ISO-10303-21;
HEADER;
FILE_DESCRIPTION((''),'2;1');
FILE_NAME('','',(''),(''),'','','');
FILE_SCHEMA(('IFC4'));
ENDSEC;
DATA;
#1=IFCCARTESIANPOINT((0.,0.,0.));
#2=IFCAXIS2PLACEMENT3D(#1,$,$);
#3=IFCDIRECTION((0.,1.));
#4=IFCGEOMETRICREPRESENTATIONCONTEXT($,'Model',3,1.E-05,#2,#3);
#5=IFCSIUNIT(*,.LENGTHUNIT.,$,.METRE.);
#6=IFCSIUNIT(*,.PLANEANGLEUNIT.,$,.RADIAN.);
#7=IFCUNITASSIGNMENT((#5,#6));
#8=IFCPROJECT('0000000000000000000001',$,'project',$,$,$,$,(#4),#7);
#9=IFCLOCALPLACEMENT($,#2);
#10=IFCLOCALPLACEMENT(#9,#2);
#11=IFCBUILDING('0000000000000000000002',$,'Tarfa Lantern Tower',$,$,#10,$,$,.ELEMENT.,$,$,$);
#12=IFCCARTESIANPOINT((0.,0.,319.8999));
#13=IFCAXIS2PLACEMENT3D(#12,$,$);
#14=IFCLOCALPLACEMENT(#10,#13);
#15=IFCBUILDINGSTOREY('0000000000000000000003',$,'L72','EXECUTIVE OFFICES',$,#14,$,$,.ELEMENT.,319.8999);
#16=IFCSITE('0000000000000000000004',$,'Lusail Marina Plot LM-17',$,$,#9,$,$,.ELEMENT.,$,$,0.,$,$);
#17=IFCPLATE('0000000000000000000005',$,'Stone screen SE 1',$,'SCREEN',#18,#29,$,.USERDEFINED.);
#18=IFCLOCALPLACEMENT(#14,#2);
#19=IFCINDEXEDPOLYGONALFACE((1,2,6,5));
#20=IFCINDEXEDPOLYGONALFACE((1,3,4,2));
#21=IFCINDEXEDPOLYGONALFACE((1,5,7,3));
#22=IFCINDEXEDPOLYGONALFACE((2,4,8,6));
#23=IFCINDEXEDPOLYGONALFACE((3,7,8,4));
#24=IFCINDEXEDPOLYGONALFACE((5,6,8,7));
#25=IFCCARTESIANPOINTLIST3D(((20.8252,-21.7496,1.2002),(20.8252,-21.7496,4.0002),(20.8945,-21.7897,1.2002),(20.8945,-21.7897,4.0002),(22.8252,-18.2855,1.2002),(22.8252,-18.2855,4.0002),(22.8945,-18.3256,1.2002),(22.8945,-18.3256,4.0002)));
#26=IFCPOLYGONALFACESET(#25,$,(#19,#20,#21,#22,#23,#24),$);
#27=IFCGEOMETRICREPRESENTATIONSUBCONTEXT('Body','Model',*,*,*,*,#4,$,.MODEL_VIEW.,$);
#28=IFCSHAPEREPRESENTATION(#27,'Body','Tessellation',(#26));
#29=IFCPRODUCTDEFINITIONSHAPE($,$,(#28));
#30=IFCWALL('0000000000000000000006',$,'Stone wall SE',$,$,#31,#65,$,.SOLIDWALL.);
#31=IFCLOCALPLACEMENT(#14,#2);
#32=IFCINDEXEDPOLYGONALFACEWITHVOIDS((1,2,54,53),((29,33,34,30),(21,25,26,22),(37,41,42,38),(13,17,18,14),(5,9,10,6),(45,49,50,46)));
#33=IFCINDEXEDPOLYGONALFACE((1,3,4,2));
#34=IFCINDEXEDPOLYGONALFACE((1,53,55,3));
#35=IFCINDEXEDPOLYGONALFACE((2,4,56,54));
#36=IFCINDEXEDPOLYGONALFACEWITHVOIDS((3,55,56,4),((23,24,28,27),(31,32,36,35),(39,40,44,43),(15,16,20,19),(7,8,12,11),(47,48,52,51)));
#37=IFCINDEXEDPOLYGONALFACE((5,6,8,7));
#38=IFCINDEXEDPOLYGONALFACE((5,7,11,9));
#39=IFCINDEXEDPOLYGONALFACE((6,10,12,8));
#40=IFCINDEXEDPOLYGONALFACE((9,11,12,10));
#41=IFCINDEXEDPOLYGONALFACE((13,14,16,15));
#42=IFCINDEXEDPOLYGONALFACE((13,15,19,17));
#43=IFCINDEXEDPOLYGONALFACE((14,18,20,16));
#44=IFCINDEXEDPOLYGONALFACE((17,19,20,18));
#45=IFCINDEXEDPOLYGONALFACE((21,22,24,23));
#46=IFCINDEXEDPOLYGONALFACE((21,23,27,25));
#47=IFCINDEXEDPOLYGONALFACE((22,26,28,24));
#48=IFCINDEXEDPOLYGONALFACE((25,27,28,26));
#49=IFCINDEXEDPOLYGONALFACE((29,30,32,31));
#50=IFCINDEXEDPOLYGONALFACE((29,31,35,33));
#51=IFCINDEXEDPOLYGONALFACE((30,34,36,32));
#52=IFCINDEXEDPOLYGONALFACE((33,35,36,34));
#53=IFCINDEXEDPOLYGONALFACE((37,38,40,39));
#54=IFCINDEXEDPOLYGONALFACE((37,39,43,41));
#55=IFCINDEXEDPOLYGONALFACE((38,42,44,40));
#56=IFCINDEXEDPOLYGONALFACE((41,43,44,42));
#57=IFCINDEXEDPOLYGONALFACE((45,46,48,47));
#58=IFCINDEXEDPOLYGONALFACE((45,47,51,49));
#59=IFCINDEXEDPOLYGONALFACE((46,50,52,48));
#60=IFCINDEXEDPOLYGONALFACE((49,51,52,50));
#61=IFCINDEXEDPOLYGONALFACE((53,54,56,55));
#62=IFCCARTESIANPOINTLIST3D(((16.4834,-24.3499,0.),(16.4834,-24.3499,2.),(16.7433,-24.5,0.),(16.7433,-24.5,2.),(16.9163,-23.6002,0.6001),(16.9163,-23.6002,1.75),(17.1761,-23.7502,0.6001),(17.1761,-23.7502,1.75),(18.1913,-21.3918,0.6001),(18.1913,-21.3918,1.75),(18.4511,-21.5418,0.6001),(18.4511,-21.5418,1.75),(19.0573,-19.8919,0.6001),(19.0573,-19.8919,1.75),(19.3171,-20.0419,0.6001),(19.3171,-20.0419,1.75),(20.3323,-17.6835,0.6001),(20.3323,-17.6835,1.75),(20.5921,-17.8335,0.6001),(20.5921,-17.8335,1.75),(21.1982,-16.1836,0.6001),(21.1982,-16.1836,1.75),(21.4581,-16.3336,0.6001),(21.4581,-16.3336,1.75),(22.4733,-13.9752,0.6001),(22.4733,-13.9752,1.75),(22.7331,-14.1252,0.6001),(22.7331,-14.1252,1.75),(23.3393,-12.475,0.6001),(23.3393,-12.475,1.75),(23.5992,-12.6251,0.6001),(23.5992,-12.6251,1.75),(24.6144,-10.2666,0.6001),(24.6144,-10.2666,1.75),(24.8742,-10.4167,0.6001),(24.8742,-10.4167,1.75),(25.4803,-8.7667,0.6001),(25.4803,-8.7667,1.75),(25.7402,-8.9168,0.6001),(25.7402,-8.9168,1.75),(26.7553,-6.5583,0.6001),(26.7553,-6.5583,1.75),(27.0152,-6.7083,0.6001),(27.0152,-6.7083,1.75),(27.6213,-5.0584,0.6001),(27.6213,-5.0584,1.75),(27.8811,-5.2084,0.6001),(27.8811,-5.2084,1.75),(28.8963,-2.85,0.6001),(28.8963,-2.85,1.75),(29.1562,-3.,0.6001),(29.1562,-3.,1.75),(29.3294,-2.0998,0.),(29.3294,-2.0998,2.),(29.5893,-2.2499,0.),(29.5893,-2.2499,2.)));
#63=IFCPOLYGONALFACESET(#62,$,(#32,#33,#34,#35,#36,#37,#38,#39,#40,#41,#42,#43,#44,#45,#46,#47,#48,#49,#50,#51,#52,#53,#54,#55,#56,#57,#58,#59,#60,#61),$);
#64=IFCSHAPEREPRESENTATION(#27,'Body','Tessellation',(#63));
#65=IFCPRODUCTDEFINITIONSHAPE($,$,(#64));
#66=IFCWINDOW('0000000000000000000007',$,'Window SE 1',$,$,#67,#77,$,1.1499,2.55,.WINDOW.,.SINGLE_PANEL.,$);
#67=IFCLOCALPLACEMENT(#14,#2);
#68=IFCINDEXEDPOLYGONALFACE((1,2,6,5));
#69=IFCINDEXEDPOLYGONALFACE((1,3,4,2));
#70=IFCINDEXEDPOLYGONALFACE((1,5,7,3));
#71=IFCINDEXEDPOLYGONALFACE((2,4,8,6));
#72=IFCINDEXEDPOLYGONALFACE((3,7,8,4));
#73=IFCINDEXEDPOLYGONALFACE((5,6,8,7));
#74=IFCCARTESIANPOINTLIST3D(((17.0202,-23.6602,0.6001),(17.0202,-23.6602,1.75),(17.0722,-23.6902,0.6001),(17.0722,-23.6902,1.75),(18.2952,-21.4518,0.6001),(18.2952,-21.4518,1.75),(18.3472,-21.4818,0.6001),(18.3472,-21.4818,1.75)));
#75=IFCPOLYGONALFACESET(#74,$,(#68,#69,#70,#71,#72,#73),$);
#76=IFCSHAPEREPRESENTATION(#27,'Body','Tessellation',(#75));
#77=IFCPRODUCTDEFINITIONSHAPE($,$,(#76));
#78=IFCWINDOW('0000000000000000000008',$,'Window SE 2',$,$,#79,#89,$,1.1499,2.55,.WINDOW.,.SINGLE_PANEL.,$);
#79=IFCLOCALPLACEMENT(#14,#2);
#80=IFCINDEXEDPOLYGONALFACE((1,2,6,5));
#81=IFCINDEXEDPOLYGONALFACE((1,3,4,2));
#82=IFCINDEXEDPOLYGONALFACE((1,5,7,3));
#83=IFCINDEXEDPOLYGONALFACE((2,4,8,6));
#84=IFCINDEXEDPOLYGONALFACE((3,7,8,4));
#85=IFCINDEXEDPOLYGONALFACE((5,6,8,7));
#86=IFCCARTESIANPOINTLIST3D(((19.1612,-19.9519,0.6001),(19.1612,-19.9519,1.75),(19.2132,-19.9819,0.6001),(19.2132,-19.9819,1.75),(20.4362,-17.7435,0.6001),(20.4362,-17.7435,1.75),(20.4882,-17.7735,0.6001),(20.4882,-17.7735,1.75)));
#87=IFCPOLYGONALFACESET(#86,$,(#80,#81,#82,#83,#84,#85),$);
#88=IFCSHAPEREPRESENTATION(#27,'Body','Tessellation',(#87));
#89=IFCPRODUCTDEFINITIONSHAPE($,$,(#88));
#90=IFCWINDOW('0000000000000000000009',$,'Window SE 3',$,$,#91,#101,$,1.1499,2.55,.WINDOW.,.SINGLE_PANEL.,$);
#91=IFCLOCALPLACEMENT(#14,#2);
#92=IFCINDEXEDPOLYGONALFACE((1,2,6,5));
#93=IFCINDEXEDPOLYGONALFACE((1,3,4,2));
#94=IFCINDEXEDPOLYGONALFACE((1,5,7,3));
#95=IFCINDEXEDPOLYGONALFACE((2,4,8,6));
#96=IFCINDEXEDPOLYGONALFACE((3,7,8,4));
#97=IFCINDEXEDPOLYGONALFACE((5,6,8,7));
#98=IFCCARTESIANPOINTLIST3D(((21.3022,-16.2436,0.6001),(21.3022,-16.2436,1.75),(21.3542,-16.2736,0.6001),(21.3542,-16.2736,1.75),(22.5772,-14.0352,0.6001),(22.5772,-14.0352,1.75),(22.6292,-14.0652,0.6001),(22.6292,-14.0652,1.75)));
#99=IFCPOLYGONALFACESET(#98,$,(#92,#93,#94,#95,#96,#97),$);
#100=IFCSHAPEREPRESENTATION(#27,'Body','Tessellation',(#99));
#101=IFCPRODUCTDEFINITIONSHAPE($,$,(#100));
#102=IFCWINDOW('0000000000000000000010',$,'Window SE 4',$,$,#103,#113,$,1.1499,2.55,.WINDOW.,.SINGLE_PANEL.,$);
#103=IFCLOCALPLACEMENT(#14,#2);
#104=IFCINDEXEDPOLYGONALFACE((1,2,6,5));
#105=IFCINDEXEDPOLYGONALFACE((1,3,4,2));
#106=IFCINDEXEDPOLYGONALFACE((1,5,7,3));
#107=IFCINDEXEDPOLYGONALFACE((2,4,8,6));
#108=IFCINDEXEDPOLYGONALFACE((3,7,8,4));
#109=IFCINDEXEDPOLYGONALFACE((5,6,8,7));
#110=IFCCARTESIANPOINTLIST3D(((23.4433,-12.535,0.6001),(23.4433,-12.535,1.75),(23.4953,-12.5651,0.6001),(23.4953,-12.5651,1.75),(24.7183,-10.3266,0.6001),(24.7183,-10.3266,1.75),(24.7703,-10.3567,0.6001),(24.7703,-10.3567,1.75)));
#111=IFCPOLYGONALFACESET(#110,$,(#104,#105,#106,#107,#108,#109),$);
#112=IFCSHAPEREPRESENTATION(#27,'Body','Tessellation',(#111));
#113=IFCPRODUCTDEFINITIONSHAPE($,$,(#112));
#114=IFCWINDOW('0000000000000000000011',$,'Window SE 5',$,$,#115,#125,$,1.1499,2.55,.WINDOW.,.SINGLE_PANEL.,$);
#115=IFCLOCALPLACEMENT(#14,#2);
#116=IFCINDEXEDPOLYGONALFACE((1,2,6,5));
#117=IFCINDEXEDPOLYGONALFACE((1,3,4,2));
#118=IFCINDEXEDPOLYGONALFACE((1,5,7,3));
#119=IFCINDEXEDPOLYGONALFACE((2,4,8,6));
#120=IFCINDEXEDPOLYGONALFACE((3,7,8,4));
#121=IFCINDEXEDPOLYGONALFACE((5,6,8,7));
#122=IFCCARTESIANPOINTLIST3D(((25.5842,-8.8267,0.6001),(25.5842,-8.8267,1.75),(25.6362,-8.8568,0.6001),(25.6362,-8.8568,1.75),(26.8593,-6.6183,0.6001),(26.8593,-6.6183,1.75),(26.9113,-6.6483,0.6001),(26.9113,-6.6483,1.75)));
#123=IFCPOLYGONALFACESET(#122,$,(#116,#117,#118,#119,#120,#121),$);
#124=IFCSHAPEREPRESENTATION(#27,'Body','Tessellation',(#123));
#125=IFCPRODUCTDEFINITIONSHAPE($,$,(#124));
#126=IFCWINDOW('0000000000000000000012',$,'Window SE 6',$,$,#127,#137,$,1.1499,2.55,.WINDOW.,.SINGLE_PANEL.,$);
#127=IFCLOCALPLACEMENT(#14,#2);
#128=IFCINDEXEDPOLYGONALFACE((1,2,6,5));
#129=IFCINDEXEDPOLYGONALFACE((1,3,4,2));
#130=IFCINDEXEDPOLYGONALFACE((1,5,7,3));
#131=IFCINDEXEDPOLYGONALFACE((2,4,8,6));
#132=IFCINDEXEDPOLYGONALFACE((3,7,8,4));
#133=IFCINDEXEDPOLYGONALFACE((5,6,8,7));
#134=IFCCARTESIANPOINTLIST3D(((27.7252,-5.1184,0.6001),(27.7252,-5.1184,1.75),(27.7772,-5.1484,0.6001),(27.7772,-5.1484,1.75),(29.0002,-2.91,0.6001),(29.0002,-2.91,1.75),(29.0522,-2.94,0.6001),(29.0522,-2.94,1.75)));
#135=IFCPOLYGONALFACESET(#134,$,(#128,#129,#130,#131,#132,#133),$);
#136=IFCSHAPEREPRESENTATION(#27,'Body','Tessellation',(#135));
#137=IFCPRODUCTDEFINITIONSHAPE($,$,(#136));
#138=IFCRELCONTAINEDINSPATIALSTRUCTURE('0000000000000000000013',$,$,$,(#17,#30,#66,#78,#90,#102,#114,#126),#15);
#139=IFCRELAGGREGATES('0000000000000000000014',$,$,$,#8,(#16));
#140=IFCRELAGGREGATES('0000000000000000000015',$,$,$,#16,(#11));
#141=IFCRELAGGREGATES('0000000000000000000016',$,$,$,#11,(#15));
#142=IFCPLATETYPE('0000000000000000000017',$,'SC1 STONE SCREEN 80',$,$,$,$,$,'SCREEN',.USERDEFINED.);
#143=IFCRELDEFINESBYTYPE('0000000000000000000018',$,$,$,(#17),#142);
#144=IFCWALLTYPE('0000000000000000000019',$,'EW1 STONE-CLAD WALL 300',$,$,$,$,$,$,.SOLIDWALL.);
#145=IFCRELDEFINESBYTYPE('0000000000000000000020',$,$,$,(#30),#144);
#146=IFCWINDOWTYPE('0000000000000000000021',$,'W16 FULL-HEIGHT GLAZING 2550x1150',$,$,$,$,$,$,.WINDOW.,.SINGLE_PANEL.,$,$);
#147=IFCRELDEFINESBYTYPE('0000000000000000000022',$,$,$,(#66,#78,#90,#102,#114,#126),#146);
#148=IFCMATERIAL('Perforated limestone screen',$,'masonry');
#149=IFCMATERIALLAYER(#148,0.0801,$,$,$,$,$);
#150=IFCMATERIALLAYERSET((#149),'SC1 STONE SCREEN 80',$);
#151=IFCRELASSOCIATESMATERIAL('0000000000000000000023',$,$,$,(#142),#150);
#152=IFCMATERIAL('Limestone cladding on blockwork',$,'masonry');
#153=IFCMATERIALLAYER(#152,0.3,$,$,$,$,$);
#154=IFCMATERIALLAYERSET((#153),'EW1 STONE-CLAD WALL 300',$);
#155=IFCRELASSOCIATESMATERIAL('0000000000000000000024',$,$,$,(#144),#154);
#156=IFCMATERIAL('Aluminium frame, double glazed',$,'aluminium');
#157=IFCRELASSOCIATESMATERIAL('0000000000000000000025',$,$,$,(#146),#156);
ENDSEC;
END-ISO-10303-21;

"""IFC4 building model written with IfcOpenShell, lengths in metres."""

from ifc_helpers import new_model, si_unit, direction, frame, frame_2d, origin, origin_2d, place, context, subcontext, project, spatial, rectangle, extrude, material, layer, layer_set, type_object, element, fill, save


model = new_model("IFC4")

# Units and contexts
model_context = context("Model", 3, precision=1e-05, world=origin(), true_north=direction((0.0, 1.0)))
body_context = subcontext(model_context, "Body", "Model", "MODEL_VIEW")
ifc_project = project(units=[si_unit("LENGTHUNIT", "METRE"), si_unit("PLANEANGLEUNIT", "RADIAN")], contexts=[model_context])

# Site, building, storey
site_placement = place(None, origin())
site = spatial("IfcSite", under=ifc_project, at=site_placement, Name="Lusail Marina Plot LM-17", CompositionType="ELEMENT", RefElevation=0.0)
building_placement = place(site_placement, origin())
building = spatial("IfcBuilding", under=site, at=building_placement, Name="Tarfa Lantern Tower", CompositionType="ELEMENT")
storey_placement = place(building_placement, frame((0.0, 0.0, 319.8999)))
storey = spatial("IfcBuildingStorey", under=building, at=storey_placement, Name="L72", Description="EXECUTIVE OFFICES", CompositionType="ELEMENT", Elevation=319.8999)

# Plate
ifc_material_1 = material(Name="Perforated limestone screen", Category="masonry")
ifc_layer_1 = layer(ifc_material_1, 0.0801)
ifc_layer_set_1 = layer_set([ifc_layer_1], Name="SC1 STONE SCREEN 80")
plate_type = type_object("IfcPlateType", Name="SC1 STONE SCREEN 80", ElementType="SCREEN", PredefinedType="USERDEFINED", material=ifc_layer_set_1)
plate_placement = place(storey_placement, frame((21.8599, -20.0376, 1.2002), z_axis=(0.0, 0.0, 1.0), x_axis=(0.5, 0.866025, 0.0)))
element("IfcPlate", 1, at=plate_placement, inside=storey, type_object=plate_type, Name="Stone screen SE 1", ObjectType="SCREEN", PredefinedType="USERDEFINED", context=body_context, shape_type="SweptSolid", body=[
    extrude(rectangle(XDim=4.0, YDim=0.0801, at=origin_2d()), origin(), (0.0, 0.0, 1.0), 2.8),
])

# Wall, openings, windows
ifc_material_2 = material(Name="Limestone cladding on blockwork", Category="masonry")
ifc_layer_2 = layer(ifc_material_2, 0.3)
ifc_layer_set_2 = layer_set([ifc_layer_2], Name="EW1 STONE-CLAD WALL 300")
wall_type_1 = type_object("IfcWallType", Name="EW1 STONE-CLAD WALL 300", PredefinedType="SOLIDWALL", material=ifc_layer_set_2)
wall_1_placement = place(storey_placement, frame((16.6133, -24.425, 0.0), z_axis=(0.0, 0.0, 1.0), x_axis=(0.499997, 0.866027, 0.0)))
wall_1 = element("IfcWall", 2, at=wall_1_placement, inside=storey, type_object=wall_type_1, Name="Stone wall SE", PredefinedType="SOLIDWALL", context=body_context, shape_type="SweptSolid", body=[
    extrude(rectangle(XDim=25.6921, YDim=0.3, at=frame_2d((12.8462, 0.0))), origin(), (0.0, 0.0, 1.0), 2.0),
])
opening_1_placement = place(wall_1_placement, frame((0.866, 0.0, 0.6001)))
opening_1 = element("IfcOpeningElement", 3, at=opening_1_placement, cuts=wall_1, PredefinedType="OPENING", context=body_context, shape_type="SweptSolid", body=[
    extrude(rectangle(XDim=2.55, YDim=1.1499, at=frame_2d((1.2749, 0.575))), frame((0.0, 0.1599, 0.0), z_axis=(0.0, -1.0, 0.0), x_axis=(1.0, 0.0, 0.0)), (0.0, 0.0, 1.0), 0.3201),
])
opening_2_placement = place(wall_1_placement, frame((5.1479, 0.0, 0.6001)))
opening_2 = element("IfcOpeningElement", 4, at=opening_2_placement, cuts=wall_1, PredefinedType="OPENING", context=body_context, shape_type="SweptSolid", body=[
    extrude(rectangle(XDim=2.55, YDim=1.1499, at=frame_2d((1.2749, 0.575))), frame((0.0, 0.1599, 0.0), z_axis=(0.0, -1.0, 0.0), x_axis=(1.0, 0.0, 0.0)), (0.0, 0.0, 1.0), 0.3201),
])
opening_3_placement = place(wall_1_placement, frame((9.4299, 0.0, 0.6001)))
opening_3 = element("IfcOpeningElement", 5, at=opening_3_placement, cuts=wall_1, PredefinedType="OPENING", context=body_context, shape_type="SweptSolid", body=[
    extrude(rectangle(XDim=2.55, YDim=1.1499, at=frame_2d((1.2749, 0.575))), frame((0.0, 0.1599, 0.0), z_axis=(0.0, -1.0, 0.0), x_axis=(1.0, 0.0, 0.0)), (0.0, 0.0, 1.0), 0.3201),
])
opening_4_placement = place(wall_1_placement, frame((13.7122, 0.0, 0.6001)))
opening_4 = element("IfcOpeningElement", 6, at=opening_4_placement, cuts=wall_1, PredefinedType="OPENING", context=body_context, shape_type="SweptSolid", body=[
    extrude(rectangle(XDim=2.55, YDim=1.1499, at=frame_2d((1.2749, 0.575))), frame((0.0, 0.1599, 0.0), z_axis=(0.0, -1.0, 0.0), x_axis=(1.0, 0.0, 0.0)), (0.0, 0.0, 1.0), 0.3201),
])
opening_5_placement = place(wall_1_placement, frame((17.9941, 0.0, 0.6001)))
opening_5 = element("IfcOpeningElement", 7, at=opening_5_placement, cuts=wall_1, PredefinedType="OPENING", context=body_context, shape_type="SweptSolid", body=[
    extrude(rectangle(XDim=2.55, YDim=1.1499, at=frame_2d((1.2749, 0.575))), frame((0.0, 0.1599, 0.0), z_axis=(0.0, -1.0, 0.0), x_axis=(1.0, 0.0, 0.0)), (0.0, 0.0, 1.0), 0.3201),
])
opening_6_placement = place(wall_1_placement, frame((22.2761, 0.0, 0.6001)))
opening_6 = element("IfcOpeningElement", 8, at=opening_6_placement, cuts=wall_1, PredefinedType="OPENING", context=body_context, shape_type="SweptSolid", body=[
    extrude(rectangle(XDim=2.55, YDim=1.1499, at=frame_2d((1.2749, 0.575))), frame((0.0, 0.1599, 0.0), z_axis=(0.0, -1.0, 0.0), x_axis=(1.0, 0.0, 0.0)), (0.0, 0.0, 1.0), 0.3201),
])
ifc_material_3 = material(Name="Aluminium frame, double glazed", Category="aluminium")
window_type = type_object("IfcWindowType", Name="W16 FULL-HEIGHT GLAZING 2550x1150", PartitioningType="SINGLE_PANEL", PredefinedType="WINDOW", material=ifc_material_3)
window_1_placement = place(opening_1_placement, origin())
window_1 = element("IfcWindow", 9, at=window_1_placement, inside=storey, type_object=window_type, Name="Window SE 1", OverallHeight=1.1499, OverallWidth=2.55, PartitioningType="SINGLE_PANEL", PredefinedType="WINDOW", context=body_context, shape_type="SweptSolid", body=[
    extrude(rectangle(XDim=2.55, YDim=1.1499, at=frame_2d((1.2749, 0.575))), frame((0.0, 0.03, 0.0), z_axis=(0.0, -1.0, 0.0), x_axis=(1.0, 0.0, 0.0)), (0.0, 0.0, 1.0), 0.0601),
])
fill(opening_1, window_1)
window_2_placement = place(opening_2_placement, origin())
window_2 = element("IfcWindow", 10, at=window_2_placement, inside=storey, type_object=window_type, Name="Window SE 2", OverallHeight=1.1499, OverallWidth=2.55, PartitioningType="SINGLE_PANEL", PredefinedType="WINDOW", context=body_context, shape_type="SweptSolid", body=[
    extrude(rectangle(XDim=2.55, YDim=1.1499, at=frame_2d((1.2749, 0.575))), frame((0.0, 0.03, 0.0), z_axis=(0.0, -1.0, 0.0), x_axis=(1.0, 0.0, 0.0)), (0.0, 0.0, 1.0), 0.0601),
])
fill(opening_2, window_2)
window_3_placement = place(opening_3_placement, origin())
window_3 = element("IfcWindow", 11, at=window_3_placement, inside=storey, type_object=window_type, Name="Window SE 3", OverallHeight=1.1499, OverallWidth=2.55, PartitioningType="SINGLE_PANEL", PredefinedType="WINDOW", context=body_context, shape_type="SweptSolid", body=[
    extrude(rectangle(XDim=2.55, YDim=1.1499, at=frame_2d((1.2749, 0.575))), frame((0.0, 0.03, 0.0), z_axis=(0.0, -1.0, 0.0), x_axis=(1.0, 0.0, 0.0)), (0.0, 0.0, 1.0), 0.0601),
])
fill(opening_3, window_3)
window_4_placement = place(opening_4_placement, origin())
window_4 = element("IfcWindow", 12, at=window_4_placement, inside=storey, type_object=window_type, Name="Window SE 4", OverallHeight=1.1499, OverallWidth=2.55, PartitioningType="SINGLE_PANEL", PredefinedType="WINDOW", context=body_context, shape_type="SweptSolid", body=[
    extrude(rectangle(XDim=2.55, YDim=1.1499, at=frame_2d((1.2749, 0.575))), frame((0.0, 0.03, 0.0), z_axis=(0.0, -1.0, 0.0), x_axis=(1.0, 0.0, 0.0)), (0.0, 0.0, 1.0), 0.0601),
])
fill(opening_4, window_4)
window_5_placement = place(opening_5_placement, origin())
window_5 = element("IfcWindow", 13, at=window_5_placement, inside=storey, type_object=window_type, Name="Window SE 5", OverallHeight=1.1499, OverallWidth=2.55, PartitioningType="SINGLE_PANEL", PredefinedType="WINDOW", context=body_context, shape_type="SweptSolid", body=[
    extrude(rectangle(XDim=2.55, YDim=1.1499, at=frame_2d((1.2749, 0.575))), frame((0.0, 0.03, 0.0), z_axis=(0.0, -1.0, 0.0), x_axis=(1.0, 0.0, 0.0)), (0.0, 0.0, 1.0), 0.0601),
])
fill(opening_5, window_5)
window_6_placement = place(opening_6_placement, origin())
window_6 = element("IfcWindow", 14, at=window_6_placement, inside=storey, type_object=window_type, Name="Window SE 6", OverallHeight=1.1499, OverallWidth=2.55, PartitioningType="SINGLE_PANEL", PredefinedType="WINDOW", context=body_context, shape_type="SweptSolid", body=[
    extrude(rectangle(XDim=2.55, YDim=1.1499, at=frame_2d((1.2749, 0.575))), frame((0.0, 0.03, 0.0), z_axis=(0.0, -1.0, 0.0), x_axis=(1.0, 0.0, 0.0)), (0.0, 0.0, 1.0), 0.0601),
])
fill(opening_6, window_6)

save(model, "model.ifc")
